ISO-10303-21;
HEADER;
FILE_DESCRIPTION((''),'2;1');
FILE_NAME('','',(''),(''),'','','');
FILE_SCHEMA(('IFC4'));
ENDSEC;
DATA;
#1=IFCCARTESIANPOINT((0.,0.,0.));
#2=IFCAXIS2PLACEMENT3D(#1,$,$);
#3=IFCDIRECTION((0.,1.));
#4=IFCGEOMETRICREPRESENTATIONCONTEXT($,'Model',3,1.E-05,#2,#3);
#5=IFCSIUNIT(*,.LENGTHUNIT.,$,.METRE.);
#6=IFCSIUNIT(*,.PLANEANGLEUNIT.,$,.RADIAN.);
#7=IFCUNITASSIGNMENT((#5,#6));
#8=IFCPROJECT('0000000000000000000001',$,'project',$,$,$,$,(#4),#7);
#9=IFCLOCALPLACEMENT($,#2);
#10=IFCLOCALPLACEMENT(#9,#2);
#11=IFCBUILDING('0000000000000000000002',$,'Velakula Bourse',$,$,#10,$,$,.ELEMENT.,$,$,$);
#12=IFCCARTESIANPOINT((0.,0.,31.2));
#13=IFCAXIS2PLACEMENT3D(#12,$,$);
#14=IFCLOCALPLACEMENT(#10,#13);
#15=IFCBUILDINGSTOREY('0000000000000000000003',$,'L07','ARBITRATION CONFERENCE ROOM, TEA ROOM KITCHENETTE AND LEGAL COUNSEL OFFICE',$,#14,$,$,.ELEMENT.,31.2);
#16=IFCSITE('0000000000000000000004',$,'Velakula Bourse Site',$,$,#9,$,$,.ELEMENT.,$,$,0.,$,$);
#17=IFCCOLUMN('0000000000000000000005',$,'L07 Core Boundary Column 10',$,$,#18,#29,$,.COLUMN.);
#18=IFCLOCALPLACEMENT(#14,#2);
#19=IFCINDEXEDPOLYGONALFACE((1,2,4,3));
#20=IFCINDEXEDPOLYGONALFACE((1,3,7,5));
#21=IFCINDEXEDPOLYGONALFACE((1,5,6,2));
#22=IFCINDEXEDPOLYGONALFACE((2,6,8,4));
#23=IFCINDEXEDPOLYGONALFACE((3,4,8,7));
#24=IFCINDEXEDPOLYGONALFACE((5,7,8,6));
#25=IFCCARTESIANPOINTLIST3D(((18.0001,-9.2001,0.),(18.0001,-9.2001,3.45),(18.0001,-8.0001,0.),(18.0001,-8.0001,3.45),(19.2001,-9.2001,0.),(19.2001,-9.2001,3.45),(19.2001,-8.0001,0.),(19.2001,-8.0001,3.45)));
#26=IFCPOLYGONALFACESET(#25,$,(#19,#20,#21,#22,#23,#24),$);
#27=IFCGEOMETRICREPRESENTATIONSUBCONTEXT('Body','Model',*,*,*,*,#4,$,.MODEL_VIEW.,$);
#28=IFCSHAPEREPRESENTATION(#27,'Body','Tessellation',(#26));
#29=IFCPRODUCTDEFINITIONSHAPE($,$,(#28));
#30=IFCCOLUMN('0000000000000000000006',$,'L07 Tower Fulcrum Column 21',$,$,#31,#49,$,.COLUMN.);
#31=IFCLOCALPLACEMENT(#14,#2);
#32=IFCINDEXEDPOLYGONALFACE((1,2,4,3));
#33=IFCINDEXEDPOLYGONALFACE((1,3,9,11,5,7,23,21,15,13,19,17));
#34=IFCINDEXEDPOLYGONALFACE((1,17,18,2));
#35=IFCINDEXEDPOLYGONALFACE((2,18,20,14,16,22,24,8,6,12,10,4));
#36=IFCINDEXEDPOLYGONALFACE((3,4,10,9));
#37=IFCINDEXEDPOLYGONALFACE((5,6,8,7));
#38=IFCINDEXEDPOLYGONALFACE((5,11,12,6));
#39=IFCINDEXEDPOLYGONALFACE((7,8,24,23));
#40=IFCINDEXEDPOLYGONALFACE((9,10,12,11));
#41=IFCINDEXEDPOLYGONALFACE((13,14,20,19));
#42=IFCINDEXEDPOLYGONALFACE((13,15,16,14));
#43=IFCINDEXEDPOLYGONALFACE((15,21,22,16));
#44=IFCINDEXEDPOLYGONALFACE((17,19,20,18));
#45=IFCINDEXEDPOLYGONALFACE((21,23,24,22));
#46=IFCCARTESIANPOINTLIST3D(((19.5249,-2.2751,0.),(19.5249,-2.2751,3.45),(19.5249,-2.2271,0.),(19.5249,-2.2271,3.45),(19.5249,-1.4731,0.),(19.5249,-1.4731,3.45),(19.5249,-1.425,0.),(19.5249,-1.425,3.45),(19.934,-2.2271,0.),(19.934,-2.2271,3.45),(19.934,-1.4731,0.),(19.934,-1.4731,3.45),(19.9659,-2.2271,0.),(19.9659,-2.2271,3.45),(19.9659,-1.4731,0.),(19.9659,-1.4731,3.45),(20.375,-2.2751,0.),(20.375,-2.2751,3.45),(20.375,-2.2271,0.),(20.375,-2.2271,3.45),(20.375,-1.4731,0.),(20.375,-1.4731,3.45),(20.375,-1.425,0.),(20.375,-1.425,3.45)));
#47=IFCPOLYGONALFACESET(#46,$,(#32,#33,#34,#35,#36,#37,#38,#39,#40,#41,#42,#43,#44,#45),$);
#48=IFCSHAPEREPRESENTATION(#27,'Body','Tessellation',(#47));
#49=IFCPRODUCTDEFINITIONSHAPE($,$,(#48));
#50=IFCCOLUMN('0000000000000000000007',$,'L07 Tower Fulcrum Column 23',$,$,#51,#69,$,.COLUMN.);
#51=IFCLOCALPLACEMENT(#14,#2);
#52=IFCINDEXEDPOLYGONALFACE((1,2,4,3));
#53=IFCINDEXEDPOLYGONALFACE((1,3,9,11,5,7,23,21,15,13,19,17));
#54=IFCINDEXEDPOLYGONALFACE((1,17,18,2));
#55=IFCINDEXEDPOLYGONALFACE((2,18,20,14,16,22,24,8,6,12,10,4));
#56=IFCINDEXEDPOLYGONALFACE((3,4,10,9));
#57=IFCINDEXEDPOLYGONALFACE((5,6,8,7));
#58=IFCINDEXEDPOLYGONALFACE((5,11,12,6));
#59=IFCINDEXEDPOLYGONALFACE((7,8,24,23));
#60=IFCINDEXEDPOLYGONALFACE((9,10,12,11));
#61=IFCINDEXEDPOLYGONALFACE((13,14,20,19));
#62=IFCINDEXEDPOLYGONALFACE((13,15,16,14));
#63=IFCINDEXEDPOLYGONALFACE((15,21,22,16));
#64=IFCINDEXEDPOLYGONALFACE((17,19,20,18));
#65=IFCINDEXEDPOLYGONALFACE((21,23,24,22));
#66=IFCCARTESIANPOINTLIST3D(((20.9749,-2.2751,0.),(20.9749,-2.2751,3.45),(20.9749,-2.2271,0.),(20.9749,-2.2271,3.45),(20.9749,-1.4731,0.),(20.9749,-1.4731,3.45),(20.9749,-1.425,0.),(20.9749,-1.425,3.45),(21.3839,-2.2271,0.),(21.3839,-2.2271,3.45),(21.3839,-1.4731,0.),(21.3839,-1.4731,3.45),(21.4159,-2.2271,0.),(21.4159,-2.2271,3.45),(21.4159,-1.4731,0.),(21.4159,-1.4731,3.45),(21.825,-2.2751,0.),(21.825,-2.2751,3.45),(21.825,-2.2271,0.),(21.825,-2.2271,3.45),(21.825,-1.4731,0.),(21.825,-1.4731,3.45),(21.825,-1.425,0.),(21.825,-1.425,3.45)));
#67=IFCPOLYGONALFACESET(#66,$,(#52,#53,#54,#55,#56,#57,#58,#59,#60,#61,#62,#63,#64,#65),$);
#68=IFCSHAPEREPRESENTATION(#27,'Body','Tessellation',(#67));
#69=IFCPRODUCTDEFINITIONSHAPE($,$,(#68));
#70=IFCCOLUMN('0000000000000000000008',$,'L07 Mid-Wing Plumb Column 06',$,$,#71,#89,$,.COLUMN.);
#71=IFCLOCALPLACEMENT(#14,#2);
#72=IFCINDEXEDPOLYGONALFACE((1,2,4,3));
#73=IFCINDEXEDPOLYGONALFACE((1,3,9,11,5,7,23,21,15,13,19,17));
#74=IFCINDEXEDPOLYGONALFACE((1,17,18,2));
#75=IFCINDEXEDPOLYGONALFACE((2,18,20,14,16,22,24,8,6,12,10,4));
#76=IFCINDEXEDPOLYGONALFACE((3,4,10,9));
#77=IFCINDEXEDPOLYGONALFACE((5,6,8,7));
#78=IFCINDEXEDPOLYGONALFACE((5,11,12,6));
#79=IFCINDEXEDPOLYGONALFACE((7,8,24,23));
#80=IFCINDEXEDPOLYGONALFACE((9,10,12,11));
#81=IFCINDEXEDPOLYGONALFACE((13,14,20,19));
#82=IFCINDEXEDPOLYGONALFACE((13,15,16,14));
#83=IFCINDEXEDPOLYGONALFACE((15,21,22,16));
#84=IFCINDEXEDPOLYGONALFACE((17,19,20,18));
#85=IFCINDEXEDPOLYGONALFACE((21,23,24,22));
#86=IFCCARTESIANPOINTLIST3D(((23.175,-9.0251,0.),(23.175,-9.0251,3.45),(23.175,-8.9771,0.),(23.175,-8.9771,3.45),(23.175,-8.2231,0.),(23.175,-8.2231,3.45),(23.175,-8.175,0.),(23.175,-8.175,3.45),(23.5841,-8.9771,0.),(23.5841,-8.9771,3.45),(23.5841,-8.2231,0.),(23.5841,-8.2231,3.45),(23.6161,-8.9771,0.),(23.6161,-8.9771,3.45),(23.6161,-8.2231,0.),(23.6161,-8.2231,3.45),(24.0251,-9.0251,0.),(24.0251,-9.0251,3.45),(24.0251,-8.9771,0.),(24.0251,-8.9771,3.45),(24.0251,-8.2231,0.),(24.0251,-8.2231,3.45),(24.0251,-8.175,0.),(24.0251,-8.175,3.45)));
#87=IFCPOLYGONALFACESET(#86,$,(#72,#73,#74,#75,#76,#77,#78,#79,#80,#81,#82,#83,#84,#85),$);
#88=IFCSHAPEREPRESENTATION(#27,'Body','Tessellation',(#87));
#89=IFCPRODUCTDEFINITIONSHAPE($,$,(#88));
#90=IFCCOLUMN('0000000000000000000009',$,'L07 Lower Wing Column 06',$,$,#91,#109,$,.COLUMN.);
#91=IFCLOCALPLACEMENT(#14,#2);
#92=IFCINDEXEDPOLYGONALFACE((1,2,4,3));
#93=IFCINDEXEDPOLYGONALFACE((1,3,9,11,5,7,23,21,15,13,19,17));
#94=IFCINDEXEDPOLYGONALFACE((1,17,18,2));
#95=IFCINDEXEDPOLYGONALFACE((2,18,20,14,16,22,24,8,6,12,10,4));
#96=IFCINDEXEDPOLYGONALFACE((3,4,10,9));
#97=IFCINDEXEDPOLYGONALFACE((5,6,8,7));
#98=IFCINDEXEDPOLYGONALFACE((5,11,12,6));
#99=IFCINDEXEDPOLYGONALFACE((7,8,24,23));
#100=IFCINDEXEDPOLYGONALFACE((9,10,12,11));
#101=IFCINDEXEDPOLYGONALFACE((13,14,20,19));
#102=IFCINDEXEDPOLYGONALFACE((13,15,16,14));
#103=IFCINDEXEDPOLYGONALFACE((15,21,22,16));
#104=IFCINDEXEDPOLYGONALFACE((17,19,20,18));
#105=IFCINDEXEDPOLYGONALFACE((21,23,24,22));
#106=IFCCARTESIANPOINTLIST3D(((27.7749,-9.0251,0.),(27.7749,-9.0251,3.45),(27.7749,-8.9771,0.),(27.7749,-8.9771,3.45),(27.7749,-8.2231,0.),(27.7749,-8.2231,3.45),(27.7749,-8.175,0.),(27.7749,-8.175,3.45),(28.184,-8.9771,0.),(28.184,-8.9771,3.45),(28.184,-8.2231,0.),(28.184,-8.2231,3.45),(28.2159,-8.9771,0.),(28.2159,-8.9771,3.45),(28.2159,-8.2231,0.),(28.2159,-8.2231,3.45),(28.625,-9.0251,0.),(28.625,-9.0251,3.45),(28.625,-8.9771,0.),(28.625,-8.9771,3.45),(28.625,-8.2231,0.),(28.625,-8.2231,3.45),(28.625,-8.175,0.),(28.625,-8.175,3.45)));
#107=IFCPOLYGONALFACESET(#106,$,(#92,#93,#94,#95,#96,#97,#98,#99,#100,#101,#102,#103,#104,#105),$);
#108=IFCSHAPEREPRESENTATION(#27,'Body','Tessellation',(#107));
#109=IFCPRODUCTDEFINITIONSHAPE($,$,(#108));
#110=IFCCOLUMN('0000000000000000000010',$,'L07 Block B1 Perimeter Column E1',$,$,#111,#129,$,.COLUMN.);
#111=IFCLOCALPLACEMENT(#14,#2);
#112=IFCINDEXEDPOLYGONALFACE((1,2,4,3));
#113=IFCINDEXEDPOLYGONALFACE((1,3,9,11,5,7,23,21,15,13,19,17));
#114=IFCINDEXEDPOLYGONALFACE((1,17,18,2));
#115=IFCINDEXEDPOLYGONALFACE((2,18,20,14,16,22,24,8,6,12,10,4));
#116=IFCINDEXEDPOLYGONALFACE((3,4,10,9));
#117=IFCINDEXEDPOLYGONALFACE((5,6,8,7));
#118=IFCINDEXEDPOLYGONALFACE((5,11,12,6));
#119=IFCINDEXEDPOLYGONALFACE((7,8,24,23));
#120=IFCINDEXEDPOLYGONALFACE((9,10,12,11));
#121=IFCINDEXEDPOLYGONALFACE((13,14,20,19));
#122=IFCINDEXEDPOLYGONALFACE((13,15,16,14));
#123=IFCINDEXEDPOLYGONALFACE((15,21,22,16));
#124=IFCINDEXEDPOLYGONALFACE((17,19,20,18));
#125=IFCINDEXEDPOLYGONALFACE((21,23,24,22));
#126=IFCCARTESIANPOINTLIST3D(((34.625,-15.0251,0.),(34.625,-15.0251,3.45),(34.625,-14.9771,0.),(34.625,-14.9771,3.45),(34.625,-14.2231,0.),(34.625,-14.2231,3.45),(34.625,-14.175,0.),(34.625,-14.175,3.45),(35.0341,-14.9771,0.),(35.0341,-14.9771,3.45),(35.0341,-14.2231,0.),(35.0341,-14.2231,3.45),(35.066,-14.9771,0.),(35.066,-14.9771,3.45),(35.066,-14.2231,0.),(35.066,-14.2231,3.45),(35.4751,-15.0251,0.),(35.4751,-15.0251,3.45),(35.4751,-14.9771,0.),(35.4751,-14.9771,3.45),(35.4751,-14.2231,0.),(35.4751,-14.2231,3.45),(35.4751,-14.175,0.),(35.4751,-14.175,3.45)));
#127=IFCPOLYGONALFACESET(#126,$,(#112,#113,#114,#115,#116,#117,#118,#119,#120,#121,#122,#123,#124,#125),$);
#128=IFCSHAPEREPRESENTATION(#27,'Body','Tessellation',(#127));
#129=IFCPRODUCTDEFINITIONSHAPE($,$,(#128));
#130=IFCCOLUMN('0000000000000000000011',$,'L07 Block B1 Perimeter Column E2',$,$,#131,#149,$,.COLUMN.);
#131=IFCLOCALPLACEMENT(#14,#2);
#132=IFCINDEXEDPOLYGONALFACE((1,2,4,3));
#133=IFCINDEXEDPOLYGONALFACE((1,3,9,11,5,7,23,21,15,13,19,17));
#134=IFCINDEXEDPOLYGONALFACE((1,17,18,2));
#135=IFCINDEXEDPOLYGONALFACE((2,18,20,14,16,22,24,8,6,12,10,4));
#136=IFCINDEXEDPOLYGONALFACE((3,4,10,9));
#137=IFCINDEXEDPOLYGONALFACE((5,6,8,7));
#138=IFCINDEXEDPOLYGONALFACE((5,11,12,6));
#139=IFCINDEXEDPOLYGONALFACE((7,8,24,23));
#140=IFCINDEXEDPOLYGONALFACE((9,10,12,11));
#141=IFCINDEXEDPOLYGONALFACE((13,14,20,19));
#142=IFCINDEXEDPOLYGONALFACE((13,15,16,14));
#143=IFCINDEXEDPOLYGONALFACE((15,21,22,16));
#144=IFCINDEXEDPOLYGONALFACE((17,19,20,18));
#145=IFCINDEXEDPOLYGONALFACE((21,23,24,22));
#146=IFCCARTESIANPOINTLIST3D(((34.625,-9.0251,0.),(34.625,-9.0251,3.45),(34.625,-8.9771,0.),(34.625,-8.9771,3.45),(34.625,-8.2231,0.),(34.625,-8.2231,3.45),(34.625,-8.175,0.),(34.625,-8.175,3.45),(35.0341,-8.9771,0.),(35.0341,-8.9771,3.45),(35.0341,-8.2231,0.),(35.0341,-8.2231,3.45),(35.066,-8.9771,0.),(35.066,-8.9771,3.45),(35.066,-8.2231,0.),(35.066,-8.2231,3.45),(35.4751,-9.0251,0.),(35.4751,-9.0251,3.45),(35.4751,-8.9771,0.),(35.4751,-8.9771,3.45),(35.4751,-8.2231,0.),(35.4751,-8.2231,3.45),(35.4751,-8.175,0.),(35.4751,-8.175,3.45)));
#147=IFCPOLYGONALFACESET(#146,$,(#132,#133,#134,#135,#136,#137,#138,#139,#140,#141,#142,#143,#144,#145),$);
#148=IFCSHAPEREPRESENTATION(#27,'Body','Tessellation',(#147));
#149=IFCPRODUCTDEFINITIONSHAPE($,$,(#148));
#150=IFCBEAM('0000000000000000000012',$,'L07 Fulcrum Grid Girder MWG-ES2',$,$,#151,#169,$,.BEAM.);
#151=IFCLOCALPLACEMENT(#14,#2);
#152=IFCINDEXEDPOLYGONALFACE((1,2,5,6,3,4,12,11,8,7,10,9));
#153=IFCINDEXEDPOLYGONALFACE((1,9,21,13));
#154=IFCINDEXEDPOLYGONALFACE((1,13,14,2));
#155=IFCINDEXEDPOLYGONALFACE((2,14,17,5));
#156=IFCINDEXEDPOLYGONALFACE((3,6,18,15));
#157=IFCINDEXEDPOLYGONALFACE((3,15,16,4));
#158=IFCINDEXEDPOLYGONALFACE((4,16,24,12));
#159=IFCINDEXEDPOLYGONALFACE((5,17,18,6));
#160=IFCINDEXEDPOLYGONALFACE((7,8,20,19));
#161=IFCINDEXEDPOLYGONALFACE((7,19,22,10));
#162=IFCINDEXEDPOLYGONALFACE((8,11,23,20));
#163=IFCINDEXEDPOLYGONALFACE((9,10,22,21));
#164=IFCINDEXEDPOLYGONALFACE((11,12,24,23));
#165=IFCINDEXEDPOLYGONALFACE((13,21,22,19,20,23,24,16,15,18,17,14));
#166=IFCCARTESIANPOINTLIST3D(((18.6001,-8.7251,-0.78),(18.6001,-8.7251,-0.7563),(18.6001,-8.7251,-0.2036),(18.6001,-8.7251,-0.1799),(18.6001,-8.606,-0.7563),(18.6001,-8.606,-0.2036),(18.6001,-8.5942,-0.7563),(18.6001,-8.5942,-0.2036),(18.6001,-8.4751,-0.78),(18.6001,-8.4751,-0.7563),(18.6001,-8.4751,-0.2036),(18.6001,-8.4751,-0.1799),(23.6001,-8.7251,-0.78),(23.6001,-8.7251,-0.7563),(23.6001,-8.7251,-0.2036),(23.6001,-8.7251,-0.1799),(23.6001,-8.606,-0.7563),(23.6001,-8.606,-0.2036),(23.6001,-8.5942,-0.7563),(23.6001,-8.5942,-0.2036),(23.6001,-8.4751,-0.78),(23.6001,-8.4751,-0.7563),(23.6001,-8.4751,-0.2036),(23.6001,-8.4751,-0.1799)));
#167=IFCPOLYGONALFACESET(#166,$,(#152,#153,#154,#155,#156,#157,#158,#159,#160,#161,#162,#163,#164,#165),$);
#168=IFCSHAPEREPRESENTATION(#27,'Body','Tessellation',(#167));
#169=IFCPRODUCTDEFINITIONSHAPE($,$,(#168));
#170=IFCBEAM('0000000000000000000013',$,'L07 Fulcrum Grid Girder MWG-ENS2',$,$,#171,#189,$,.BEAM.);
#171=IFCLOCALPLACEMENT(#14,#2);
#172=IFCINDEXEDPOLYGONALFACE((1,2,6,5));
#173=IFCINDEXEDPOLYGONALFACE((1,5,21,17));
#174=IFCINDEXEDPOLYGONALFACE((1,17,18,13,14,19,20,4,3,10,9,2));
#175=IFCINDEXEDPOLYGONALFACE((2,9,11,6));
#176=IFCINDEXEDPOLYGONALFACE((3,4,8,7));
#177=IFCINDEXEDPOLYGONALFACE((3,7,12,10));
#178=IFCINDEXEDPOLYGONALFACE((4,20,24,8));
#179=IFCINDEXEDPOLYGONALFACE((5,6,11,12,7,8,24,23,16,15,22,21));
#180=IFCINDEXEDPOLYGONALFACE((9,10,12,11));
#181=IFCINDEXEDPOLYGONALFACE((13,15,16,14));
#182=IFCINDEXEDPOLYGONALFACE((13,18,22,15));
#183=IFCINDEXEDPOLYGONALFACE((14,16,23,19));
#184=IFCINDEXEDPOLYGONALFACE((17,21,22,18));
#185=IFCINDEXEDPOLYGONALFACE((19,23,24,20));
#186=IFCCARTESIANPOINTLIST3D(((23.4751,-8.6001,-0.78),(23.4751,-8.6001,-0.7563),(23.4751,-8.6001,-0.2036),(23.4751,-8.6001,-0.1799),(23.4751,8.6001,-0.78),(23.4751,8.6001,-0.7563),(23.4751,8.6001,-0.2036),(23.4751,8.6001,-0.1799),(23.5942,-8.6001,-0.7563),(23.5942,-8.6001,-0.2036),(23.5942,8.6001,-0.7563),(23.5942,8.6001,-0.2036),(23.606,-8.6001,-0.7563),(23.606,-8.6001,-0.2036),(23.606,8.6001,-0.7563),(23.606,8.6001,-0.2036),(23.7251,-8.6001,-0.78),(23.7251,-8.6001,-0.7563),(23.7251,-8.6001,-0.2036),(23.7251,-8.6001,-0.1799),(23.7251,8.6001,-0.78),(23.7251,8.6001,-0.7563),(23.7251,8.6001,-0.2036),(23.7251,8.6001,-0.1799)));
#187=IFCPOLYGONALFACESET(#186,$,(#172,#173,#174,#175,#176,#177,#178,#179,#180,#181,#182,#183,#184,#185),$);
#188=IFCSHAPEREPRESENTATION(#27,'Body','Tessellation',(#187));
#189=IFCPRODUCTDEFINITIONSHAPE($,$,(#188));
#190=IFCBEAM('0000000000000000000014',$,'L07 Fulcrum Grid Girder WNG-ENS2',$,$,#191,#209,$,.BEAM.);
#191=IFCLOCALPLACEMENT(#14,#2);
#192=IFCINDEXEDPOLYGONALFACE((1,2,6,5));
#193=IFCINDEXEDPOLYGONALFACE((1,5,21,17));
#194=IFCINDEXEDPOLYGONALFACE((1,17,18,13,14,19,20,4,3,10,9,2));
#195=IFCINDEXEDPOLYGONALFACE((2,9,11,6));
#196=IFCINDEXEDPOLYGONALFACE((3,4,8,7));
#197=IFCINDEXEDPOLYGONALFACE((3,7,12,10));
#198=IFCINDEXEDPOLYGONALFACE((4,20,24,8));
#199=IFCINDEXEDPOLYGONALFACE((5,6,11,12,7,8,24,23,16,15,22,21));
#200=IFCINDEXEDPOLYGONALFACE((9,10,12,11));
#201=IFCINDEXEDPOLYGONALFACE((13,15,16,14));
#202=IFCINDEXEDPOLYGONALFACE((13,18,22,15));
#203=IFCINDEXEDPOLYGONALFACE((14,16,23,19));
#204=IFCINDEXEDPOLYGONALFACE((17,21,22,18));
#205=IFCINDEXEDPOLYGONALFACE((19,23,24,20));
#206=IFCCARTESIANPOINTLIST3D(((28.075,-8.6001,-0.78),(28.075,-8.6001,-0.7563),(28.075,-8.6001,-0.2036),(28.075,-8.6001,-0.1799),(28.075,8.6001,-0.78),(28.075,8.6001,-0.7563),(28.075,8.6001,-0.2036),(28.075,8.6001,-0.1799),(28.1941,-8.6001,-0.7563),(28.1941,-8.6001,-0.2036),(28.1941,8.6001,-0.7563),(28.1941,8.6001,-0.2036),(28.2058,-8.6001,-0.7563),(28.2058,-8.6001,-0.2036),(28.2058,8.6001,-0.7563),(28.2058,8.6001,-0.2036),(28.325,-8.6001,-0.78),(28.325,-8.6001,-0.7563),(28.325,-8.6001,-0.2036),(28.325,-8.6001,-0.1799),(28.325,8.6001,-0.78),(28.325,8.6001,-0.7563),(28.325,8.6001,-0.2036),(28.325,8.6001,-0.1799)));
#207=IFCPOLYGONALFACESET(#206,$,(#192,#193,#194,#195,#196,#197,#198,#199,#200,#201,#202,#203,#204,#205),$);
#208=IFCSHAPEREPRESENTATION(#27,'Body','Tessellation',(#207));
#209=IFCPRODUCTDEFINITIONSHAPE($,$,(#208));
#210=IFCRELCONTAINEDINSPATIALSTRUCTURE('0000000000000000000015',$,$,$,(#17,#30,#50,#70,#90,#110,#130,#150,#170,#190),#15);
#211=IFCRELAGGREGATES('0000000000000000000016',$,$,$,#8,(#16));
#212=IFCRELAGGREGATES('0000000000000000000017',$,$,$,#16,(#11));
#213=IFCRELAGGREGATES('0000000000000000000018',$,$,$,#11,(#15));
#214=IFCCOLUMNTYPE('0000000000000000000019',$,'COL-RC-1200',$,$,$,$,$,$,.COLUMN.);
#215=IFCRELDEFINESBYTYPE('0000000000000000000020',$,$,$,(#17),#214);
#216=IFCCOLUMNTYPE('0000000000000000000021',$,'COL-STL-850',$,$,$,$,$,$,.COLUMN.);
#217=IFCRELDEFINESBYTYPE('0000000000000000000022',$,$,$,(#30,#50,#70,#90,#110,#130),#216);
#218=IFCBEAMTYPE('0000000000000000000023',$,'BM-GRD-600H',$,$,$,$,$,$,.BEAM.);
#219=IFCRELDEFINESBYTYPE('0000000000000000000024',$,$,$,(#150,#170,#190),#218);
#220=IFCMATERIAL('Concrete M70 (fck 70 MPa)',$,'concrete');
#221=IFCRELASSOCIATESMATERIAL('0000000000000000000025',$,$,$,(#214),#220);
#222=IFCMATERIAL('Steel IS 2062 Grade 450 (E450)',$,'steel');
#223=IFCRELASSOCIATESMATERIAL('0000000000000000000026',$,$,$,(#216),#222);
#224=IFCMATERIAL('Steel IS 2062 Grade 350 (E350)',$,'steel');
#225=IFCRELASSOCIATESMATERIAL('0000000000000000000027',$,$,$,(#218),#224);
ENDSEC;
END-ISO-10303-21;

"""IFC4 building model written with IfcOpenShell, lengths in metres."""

from ifc_helpers import new_model, si_unit, direction, frame, origin, origin_2d, place, context, subcontext, project, spatial, rectangle, i_section, extrude, material, material_profile, profile_set, type_object, element, save


model = new_model("IFC4")

# Units and contexts
model_context = context("Model", 3, precision=1e-05, world=origin(), true_north=direction((0.0, 1.0)))
body_context = subcontext(model_context, "Body", "Model", "MODEL_VIEW")
ifc_project = project(units=[si_unit("LENGTHUNIT", "METRE"), si_unit("PLANEANGLEUNIT", "RADIAN")], contexts=[model_context])

# Site, building, storey
site_placement = place(None, origin())
site = spatial("IfcSite", under=ifc_project, at=site_placement, Name="Velakula Bourse Site", CompositionType="ELEMENT", RefElevation=0.0)
building_placement = place(site_placement, origin())
building = spatial("IfcBuilding", under=site, at=building_placement, Name="Velakula Bourse", CompositionType="ELEMENT")
storey_placement = place(building_placement, frame((0.0, 0.0, 31.2)))
storey = spatial("IfcBuildingStorey", under=building, at=storey_placement, Name="L07", Description="ARBITRATION CONFERENCE ROOM, TEA ROOM KITCHENETTE AND LEGAL COUNSEL OFFICE", CompositionType="ELEMENT", Elevation=31.2)

# Columns
ifc_material_1 = material(Name="Concrete M70 (fck 70 MPa)", Category="concrete")
ifc_material_profile_1 = material_profile(ifc_material_1, rectangle(XDim=1.2, YDim=1.2, at=origin_2d()), Name="Concrete M70 (fck 70 MPa)")
ifc_profile_set_1 = profile_set([ifc_material_profile_1], Name="Concrete M70 (fck 70 MPa)")
column_type_1 = type_object("IfcColumnType", Name="COL-RC-1200", PredefinedType="COLUMN", material=ifc_profile_set_1)
column_placement = place(storey_placement, frame((18.6001, -8.6001, 0.0), z_axis=(0.0, 0.0, 1.0), x_axis=(1.0, 0.0, 0.0)))
element("IfcColumn", 1, at=column_placement, inside=storey, type_object=column_type_1, Name="L07 Core Boundary Column 10", PredefinedType="COLUMN", context=body_context, shape_type="SweptSolid", body=[
    extrude(rectangle(XDim=1.2, YDim=1.2, at=origin_2d()), origin(), (0.0, 0.0, 1.0), 3.45),
])
ifc_material_2 = material(Name="Steel IS 2062 Grade 450 (E450)", Category="steel")
ifc_material_profile_2 = material_profile(ifc_material_2, i_section(OverallWidth=0.8501, OverallDepth=0.8501, WebThickness=0.032, FlangeThickness=0.0481, at=origin_2d()), Name="Steel IS 2062 Grade 450 (E450)")
ifc_profile_set_2 = profile_set([ifc_material_profile_2], Name="Steel IS 2062 Grade 450 (E450)")
column_type_2 = type_object("IfcColumnType", Name="COL-STL-850", PredefinedType="COLUMN", material=ifc_profile_set_2)
for number, where, z_axis, x_axis, name in (
    (2, (19.95, -1.8501, 0.0), (0.0, 0.0, 1.0), (1.0, 0.0, 0.0), "L07 Tower Fulcrum Column 21"),
    (3, (21.3999, -1.8501, 0.0), (0.0, 0.0, 1.0), (1.0, 0.0, 0.0), "L07 Tower Fulcrum Column 23"),
    (4, (23.6001, -8.6001, 0.0), (0.0, 0.0, 1.0), (1.0, 0.0, 0.0), "L07 Mid-Wing Plumb Column 06"),
    (5, (28.2, -8.6001, 0.0), (0.0, 0.0, 1.0), (1.0, 0.0, 0.0), "L07 Lower Wing Column 06"),
    (6, (35.05, -14.6001, 0.0), (0.0, 0.0, 1.0), (1.0, 0.0, 0.0), "L07 Block B1 Perimeter Column E1"),
    (7, (35.05, -8.6001, 0.0), (0.0, 0.0, 1.0), (1.0, 0.0, 0.0), "L07 Block B1 Perimeter Column E2"),
):
    element("IfcColumn", number, at=place(storey_placement, frame(where, z_axis=z_axis, x_axis=x_axis)), inside=storey, type_object=column_type_2, Name=name, PredefinedType="COLUMN", context=body_context, shape_type="SweptSolid", body=[
        extrude(i_section(OverallWidth=0.8501, OverallDepth=0.8501, WebThickness=0.032, FlangeThickness=0.0481, at=origin_2d()), origin(), (0.0, 0.0, 1.0), 3.45),
    ])

# Beams
ifc_material_3 = material(Name="Steel IS 2062 Grade 350 (E350)", Category="steel")
ifc_material_profile_3 = material_profile(ifc_material_3, i_section(OverallWidth=0.25, OverallDepth=0.6001, WebThickness=0.0117, FlangeThickness=0.0237, at=origin_2d()), Name="Steel IS 2062 Grade 350 (E350)")
ifc_profile_set_3 = profile_set([ifc_material_profile_3], Name="Steel IS 2062 Grade 350 (E350)")
beam_type_1 = type_object("IfcBeamType", Name="BM-GRD-600H", PredefinedType="BEAM", material=ifc_profile_set_3)
beam_1_placement = place(storey_placement, frame((18.6001, -8.6001, -0.48), z_axis=(1.0, 0.0, 0.0), x_axis=(0.0, 1.0, 0.0)))
element("IfcBeam", 8, at=beam_1_placement, inside=storey, type_object=beam_type_1, Name="L07 Fulcrum Grid Girder MWG-ES2", PredefinedType="BEAM", context=body_context, shape_type="SweptSolid", body=[
    extrude(i_section(OverallWidth=0.25, OverallDepth=0.6001, WebThickness=0.0117, FlangeThickness=0.0237, at=origin_2d()), origin(), (0.0, 0.0, 1.0), 5.0),
])
for number, where, z_axis, x_axis, name in (
    (9, (23.6001, -8.6001, -0.48), (0.0, 1.0, 0.0), (-1.0, 0.0, 0.0), "L07 Fulcrum Grid Girder MWG-ENS2"),
    (10, (28.2, -8.6001, -0.48), (0.0, 1.0, 0.0), (-1.0, 0.0, 0.0), "L07 Fulcrum Grid Girder WNG-ENS2"),
):
    element("IfcBeam", number, at=place(storey_placement, frame(where, z_axis=z_axis, x_axis=x_axis)), inside=storey, type_object=beam_type_1, Name=name, PredefinedType="BEAM", context=body_context, shape_type="SweptSolid", body=[
        extrude(i_section(OverallWidth=0.25, OverallDepth=0.6001, WebThickness=0.0117, FlangeThickness=0.0237, at=origin_2d()), origin(), (0.0, 0.0, 1.0), 17.2002),
    ])

save(model, "model.ifc")
